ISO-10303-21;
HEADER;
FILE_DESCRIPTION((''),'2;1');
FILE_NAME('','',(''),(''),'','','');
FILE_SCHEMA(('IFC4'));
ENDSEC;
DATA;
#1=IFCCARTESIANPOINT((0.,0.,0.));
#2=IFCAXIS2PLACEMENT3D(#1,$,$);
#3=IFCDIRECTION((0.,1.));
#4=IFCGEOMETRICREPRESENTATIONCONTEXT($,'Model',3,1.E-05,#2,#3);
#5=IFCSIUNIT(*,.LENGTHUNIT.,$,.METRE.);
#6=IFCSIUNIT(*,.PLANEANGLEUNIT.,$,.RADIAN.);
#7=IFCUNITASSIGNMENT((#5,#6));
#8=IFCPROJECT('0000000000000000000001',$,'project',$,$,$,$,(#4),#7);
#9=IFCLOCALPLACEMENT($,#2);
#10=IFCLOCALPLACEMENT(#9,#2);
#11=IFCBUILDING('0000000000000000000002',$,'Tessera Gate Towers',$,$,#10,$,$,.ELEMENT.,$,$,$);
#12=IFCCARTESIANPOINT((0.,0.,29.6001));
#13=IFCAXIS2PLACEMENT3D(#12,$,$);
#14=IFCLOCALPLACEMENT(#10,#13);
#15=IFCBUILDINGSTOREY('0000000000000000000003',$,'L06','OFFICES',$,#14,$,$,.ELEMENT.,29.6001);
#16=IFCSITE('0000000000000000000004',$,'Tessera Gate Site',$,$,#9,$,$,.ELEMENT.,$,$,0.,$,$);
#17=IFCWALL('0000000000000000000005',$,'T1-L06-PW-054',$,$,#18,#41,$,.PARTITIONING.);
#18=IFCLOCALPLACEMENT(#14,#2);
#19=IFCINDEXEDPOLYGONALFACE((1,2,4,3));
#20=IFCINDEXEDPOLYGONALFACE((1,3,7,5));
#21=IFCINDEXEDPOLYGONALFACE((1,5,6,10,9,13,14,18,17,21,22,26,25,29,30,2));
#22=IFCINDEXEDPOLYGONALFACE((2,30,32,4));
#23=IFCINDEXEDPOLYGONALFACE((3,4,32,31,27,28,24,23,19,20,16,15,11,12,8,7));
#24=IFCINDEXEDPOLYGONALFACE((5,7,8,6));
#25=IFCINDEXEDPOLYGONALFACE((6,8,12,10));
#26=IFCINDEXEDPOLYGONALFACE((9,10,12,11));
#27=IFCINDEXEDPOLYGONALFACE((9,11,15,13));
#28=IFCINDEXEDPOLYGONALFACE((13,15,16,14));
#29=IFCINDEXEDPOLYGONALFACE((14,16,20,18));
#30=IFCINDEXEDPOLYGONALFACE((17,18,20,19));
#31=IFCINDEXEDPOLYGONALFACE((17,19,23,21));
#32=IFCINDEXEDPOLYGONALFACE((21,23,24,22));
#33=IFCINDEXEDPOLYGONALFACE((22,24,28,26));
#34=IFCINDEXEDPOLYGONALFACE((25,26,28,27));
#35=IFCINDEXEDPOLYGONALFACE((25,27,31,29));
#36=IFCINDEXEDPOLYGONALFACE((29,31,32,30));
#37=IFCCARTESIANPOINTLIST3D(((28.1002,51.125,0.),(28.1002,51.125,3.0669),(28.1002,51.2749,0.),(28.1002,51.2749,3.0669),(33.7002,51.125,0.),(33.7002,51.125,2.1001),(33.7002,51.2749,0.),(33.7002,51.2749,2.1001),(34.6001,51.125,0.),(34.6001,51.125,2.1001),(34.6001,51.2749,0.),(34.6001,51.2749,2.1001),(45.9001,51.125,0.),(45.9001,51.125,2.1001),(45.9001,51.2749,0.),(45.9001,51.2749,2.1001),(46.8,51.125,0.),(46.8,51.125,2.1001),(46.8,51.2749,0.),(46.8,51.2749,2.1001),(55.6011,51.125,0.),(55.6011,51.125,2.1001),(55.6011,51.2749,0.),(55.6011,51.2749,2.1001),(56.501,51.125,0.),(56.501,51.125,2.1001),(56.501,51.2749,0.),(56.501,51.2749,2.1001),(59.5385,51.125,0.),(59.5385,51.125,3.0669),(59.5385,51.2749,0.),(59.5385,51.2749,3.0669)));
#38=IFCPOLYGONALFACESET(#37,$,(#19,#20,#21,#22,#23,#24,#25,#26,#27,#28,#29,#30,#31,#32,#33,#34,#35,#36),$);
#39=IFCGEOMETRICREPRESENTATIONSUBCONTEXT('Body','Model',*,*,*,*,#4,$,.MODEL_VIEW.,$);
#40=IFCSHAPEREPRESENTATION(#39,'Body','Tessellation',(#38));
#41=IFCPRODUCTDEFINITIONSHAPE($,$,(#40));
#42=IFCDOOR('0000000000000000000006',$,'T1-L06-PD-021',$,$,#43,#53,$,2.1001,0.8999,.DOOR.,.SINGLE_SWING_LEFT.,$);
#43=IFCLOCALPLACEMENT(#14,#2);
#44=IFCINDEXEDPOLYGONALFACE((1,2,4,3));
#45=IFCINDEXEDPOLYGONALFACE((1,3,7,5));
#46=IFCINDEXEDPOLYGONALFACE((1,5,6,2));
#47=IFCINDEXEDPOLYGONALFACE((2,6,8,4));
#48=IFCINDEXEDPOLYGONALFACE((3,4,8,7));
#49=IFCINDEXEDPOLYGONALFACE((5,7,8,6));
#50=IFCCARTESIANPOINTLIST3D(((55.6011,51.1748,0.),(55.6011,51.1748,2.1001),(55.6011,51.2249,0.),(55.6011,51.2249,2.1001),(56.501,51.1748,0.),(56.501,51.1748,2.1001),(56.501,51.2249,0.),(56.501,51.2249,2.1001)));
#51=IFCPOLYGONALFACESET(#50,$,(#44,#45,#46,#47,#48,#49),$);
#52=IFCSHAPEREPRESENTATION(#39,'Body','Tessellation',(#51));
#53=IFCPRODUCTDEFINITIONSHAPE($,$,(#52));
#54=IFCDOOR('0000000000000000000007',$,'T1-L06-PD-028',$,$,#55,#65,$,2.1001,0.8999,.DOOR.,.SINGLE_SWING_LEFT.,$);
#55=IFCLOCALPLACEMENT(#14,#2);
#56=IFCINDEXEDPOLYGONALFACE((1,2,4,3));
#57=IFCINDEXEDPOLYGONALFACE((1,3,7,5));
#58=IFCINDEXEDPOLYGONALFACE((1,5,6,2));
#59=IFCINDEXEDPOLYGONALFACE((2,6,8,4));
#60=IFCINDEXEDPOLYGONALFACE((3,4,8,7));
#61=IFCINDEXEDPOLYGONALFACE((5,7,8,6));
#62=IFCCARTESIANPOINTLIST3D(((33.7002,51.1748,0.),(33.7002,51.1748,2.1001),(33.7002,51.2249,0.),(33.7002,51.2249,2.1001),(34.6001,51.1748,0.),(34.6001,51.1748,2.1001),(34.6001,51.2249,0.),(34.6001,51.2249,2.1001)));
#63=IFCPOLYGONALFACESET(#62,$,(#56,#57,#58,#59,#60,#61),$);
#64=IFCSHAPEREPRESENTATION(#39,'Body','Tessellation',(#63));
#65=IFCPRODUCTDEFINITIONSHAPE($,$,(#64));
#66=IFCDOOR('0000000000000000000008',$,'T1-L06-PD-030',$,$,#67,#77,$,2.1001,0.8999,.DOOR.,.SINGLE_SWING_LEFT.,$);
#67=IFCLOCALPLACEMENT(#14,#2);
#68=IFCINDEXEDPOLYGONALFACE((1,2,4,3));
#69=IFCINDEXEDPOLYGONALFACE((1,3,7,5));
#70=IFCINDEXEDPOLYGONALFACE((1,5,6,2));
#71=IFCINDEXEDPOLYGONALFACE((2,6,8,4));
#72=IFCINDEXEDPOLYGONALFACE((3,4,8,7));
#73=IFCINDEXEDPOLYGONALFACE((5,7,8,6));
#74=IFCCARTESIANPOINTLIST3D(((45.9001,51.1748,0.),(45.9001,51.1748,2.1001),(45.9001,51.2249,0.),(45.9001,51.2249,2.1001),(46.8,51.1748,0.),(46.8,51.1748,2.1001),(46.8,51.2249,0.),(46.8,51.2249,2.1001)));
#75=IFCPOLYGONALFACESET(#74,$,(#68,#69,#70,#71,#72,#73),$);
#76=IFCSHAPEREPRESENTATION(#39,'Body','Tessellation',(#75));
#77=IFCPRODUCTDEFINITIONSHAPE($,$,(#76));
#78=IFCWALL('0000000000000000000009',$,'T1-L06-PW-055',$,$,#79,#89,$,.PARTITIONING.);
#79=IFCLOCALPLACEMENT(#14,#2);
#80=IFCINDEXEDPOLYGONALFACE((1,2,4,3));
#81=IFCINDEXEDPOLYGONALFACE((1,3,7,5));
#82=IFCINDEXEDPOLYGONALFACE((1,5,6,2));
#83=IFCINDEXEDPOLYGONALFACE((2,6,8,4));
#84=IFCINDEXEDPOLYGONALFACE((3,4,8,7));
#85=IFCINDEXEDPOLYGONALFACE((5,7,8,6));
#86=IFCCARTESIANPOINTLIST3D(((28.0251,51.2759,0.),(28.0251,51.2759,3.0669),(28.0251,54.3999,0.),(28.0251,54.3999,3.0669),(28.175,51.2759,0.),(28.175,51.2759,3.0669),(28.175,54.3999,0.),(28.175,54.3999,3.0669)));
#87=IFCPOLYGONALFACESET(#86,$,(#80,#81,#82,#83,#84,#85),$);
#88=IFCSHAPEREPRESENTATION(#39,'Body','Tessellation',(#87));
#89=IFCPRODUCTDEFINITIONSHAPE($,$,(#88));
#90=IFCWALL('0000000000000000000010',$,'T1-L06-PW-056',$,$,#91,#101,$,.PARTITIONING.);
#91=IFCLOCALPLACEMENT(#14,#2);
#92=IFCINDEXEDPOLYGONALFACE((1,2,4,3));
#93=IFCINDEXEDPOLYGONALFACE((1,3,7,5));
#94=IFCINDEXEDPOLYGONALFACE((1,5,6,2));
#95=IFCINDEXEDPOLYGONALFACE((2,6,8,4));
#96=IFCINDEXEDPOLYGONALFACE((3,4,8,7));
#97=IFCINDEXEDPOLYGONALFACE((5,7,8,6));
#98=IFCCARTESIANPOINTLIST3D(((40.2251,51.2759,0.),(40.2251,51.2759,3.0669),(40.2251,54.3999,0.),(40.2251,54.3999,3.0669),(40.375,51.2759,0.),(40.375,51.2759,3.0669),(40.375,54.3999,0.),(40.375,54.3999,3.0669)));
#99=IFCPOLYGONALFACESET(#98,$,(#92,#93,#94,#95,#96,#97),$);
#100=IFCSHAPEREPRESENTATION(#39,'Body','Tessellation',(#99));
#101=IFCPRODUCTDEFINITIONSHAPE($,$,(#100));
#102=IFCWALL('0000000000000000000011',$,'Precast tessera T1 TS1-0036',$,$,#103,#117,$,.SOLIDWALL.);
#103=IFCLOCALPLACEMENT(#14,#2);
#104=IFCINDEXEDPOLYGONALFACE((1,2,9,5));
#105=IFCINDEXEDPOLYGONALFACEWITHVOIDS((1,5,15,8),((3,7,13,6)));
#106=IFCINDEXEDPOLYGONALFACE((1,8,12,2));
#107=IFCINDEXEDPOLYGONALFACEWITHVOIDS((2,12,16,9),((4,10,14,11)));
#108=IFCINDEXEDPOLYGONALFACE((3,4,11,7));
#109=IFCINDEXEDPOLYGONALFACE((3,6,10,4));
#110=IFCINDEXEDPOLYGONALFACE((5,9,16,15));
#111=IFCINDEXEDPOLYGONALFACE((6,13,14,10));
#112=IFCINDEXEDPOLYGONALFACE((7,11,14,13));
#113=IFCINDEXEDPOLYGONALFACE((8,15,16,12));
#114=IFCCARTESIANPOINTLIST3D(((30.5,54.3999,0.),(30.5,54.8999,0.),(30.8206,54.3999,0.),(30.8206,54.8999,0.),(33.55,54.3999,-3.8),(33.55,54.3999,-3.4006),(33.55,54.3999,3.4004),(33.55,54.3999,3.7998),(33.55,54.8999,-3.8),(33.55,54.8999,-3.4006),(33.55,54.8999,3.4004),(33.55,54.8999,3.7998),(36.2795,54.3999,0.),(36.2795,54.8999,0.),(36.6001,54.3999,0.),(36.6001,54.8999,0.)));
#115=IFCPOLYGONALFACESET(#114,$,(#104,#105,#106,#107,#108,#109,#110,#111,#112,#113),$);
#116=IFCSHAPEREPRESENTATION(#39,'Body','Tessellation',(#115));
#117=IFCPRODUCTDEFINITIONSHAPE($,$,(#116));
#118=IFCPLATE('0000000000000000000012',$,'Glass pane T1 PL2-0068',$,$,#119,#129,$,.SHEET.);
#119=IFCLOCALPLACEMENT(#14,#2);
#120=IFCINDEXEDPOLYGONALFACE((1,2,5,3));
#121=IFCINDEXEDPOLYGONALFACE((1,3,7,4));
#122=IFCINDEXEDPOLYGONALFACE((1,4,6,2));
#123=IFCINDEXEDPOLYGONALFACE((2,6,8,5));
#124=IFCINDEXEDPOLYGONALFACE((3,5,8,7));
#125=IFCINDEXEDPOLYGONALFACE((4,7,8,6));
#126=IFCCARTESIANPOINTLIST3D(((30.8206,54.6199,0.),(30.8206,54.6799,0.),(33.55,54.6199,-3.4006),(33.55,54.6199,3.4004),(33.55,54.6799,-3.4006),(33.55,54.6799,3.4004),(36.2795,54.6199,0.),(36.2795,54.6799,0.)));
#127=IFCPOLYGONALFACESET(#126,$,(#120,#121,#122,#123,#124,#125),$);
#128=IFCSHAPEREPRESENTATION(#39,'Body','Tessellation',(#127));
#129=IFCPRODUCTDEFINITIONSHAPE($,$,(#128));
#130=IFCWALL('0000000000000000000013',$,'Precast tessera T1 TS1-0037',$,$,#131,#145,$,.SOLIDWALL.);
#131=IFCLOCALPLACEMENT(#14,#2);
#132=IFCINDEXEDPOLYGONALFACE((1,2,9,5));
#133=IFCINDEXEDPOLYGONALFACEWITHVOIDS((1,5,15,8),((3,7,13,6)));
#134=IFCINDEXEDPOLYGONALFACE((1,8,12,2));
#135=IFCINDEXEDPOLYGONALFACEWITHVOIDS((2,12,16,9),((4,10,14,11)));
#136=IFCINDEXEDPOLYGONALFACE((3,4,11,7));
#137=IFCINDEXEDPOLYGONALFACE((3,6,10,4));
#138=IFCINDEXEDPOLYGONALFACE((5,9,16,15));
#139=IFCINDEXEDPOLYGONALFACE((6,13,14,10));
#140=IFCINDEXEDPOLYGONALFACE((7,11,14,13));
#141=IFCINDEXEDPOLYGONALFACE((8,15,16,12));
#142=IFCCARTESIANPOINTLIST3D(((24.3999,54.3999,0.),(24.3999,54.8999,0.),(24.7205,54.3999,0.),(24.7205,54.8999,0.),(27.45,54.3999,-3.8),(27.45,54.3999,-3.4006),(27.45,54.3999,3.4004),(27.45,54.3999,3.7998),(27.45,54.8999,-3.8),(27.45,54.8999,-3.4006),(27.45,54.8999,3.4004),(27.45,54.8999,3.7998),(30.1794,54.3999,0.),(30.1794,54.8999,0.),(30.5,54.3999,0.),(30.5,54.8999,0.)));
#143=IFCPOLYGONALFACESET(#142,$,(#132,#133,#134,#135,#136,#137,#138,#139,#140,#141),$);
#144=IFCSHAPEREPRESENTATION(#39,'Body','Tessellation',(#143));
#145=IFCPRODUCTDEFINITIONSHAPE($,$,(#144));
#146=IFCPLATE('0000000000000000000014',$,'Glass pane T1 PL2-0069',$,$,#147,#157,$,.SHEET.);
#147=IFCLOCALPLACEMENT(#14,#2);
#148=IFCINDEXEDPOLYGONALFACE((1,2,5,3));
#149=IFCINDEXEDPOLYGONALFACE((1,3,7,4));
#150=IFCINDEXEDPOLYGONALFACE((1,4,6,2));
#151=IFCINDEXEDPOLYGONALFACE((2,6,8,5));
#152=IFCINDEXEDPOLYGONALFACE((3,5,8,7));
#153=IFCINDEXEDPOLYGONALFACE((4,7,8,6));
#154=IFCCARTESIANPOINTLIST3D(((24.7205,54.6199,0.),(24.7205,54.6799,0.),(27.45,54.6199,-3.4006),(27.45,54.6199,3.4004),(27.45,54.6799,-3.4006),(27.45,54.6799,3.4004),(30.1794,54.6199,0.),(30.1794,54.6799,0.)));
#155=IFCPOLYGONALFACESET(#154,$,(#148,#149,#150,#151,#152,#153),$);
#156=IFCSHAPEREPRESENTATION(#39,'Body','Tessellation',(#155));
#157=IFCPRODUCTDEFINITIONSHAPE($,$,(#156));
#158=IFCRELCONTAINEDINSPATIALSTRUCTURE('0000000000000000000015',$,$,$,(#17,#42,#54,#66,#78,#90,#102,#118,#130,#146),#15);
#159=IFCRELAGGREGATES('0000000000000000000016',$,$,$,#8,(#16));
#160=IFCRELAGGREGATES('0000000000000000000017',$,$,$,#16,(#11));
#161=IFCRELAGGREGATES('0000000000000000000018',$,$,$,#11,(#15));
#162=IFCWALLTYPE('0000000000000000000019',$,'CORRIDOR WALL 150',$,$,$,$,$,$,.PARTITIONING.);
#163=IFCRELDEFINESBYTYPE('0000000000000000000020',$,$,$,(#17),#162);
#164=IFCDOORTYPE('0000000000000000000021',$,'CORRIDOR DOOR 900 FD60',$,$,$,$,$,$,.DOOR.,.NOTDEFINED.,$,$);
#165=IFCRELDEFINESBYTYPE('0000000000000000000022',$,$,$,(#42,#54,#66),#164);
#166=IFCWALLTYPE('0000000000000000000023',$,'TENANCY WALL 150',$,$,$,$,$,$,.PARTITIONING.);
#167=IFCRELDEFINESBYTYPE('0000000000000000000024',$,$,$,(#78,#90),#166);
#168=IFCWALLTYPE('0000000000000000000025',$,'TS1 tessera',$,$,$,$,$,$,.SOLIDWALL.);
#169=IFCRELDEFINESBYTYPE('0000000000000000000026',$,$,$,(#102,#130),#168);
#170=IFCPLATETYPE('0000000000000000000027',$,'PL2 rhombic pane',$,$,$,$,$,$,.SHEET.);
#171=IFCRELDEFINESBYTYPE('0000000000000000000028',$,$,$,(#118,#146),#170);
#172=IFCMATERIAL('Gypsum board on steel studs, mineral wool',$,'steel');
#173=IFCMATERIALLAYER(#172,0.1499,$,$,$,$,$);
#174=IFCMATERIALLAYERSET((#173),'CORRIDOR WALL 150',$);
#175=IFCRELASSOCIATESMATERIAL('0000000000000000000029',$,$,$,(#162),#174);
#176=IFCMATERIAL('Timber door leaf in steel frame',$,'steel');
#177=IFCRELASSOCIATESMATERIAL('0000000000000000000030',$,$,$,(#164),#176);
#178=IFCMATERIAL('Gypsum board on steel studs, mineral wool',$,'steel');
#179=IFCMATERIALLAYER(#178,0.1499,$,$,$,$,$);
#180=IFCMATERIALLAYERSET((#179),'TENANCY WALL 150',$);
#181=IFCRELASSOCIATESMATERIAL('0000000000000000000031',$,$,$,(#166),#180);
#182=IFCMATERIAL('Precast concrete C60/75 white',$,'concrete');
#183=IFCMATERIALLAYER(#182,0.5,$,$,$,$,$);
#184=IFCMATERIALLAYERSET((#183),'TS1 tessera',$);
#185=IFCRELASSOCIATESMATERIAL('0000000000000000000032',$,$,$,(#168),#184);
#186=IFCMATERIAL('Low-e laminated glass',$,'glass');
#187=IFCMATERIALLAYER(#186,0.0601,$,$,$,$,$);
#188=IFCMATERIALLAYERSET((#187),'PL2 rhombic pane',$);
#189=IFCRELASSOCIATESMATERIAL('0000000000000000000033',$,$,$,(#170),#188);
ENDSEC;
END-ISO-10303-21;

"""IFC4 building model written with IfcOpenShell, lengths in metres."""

from ifc_helpers import new_model, si_unit, direction, frame, frame_2d, origin, place, context, subcontext, project, spatial, polyline, rectangle, outline, extrude, source, transform, mapped, material, layer, layer_set, type_object, element, fill, save


model = new_model("IFC4")

# Units and contexts
model_context = context("Model", 3, precision=1e-05, world=origin(), true_north=direction((0.0, 1.0)))
body_context = subcontext(model_context, "Body", "Model", "MODEL_VIEW")
ifc_project = project(units=[si_unit("LENGTHUNIT", "METRE"), si_unit("PLANEANGLEUNIT", "RADIAN")], contexts=[model_context])

# Site, building, storey
site_placement = place(None, origin())
site = spatial("IfcSite", under=ifc_project, at=site_placement, Name="Tessera Gate Site", CompositionType="ELEMENT", RefElevation=0.0)
building_placement = place(site_placement, origin())
building = spatial("IfcBuilding", under=site, at=building_placement, Name="Tessera Gate Towers", CompositionType="ELEMENT")
storey_placement = place(building_placement, frame((0.0, 0.0, 29.6001)))
storey = spatial("IfcBuildingStorey", under=building, at=storey_placement, Name="L06", Description="OFFICES", CompositionType="ELEMENT", Elevation=29.6001)

# Shared definitions
ifc_material_1 = material(Name="Gypsum board on steel studs, mineral wool", Category="steel")
ifc_layer_1 = layer(ifc_material_1, 0.1499)
ifc_layer_set_1 = layer_set([ifc_layer_1], Name="CORRIDOR WALL 150")
wall_type_1 = type_object("IfcWallType", Name="CORRIDOR WALL 150", PredefinedType="PARTITIONING", material=ifc_layer_set_1)

# Wall, openings, doors
wall_1_placement = place(storey_placement, frame((28.1001, 51.2, 0.0), z_axis=(0.0, 0.0, 1.0), x_axis=(1.0, 0.0, 0.0)))
wall_1 = element("IfcWall", 1, at=wall_1_placement, inside=storey, type_object=wall_type_1, Name="T1-L06-PW-054", PredefinedType="PARTITIONING", context=body_context, shape_type="SweptSolid", body=[
    extrude(rectangle(XDim=31.4382, YDim=0.1499, at=frame_2d((15.7192, 0.0))), origin(), (0.0, 0.0, 1.0), 3.0669),
])
shared_shape_1 = source(origin(), body_context, "Body", "SweptSolid", [
    extrude(rectangle(XDim=0.8999, YDim=2.1001, at=frame_2d((0.45, 1.05))), frame((0.0, 0.085, 0.0), z_axis=(0.0, -1.0, 0.0), x_axis=(1.0, 0.0, 0.0)), (0.0, 0.0, 1.0), 0.1699),
])
opening_1_placement = place(wall_1_placement, frame((27.501, 0.0, 0.0)))
opening_1 = element("IfcOpeningElement", 2, at=opening_1_placement, cuts=wall_1, PredefinedType="OPENING", context=body_context, shape_type="MappedRepresentation", body=[
    mapped(shared_shape_1, transform((0.0, 0.0, 0.0), scale=1.0)),
])
opening_2_placement = place(wall_1_placement, frame((5.6001, 0.0, 0.0)))
opening_2 = element("IfcOpeningElement", 3, at=opening_2_placement, cuts=wall_1, PredefinedType="OPENING", context=body_context, shape_type="MappedRepresentation", body=[
    mapped(shared_shape_1, transform((0.0, 0.0, 0.0), scale=1.0)),
])
opening_3_placement = place(wall_1_placement, frame((17.8, 0.0, 0.0)))
opening_3 = element("IfcOpeningElement", 4, at=opening_3_placement, cuts=wall_1, PredefinedType="OPENING", context=body_context, shape_type="MappedRepresentation", body=[
    mapped(shared_shape_1, transform((0.0, 0.0, 0.0), scale=1.0)),
])
ifc_material_2 = material(Name="Timber door leaf in steel frame", Category="steel")
door_type_1 = type_object("IfcDoorType", Name="CORRIDOR DOOR 900 FD60", OperationType="NOTDEFINED", PredefinedType="DOOR", material=ifc_material_2)
shared_shape_2 = source(origin(), body_context, "Body", "SweptSolid", [
    extrude(rectangle(XDim=0.8999, YDim=2.1001, at=frame_2d((0.45, 1.05))), frame((0.0, 0.0249, 0.0), z_axis=(0.0, -1.0, 0.0), x_axis=(1.0, 0.0, 0.0)), (0.0, 0.0, 1.0), 0.05),
])
door_1_placement = place(opening_1_placement, origin())
door_1 = element("IfcDoor", 5, at=door_1_placement, inside=storey, type_object=door_type_1, Name="T1-L06-PD-021", OperationType="SINGLE_SWING_LEFT", OverallHeight=2.1001, OverallWidth=0.8999, PredefinedType="DOOR", context=body_context, shape_type="MappedRepresentation", body=[
    mapped(shared_shape_2, transform((0.0, 0.0, 0.0), scale=1.0)),
])
fill(opening_1, door_1)
door_2_placement = place(opening_2_placement, origin())
door_2 = element("IfcDoor", 6, at=door_2_placement, inside=storey, type_object=door_type_1, Name="T1-L06-PD-028", OperationType="SINGLE_SWING_LEFT", OverallHeight=2.1001, OverallWidth=0.8999, PredefinedType="DOOR", context=body_context, shape_type="MappedRepresentation", body=[
    mapped(shared_shape_2, transform((0.0, 0.0, 0.0), scale=1.0)),
])
fill(opening_2, door_2)
door_3_placement = place(opening_3_placement, origin())
door_3 = element("IfcDoor", 7, at=door_3_placement, inside=storey, type_object=door_type_1, Name="T1-L06-PD-030", OperationType="SINGLE_SWING_LEFT", OverallHeight=2.1001, OverallWidth=0.8999, PredefinedType="DOOR", context=body_context, shape_type="MappedRepresentation", body=[
    mapped(shared_shape_2, transform((0.0, 0.0, 0.0), scale=1.0)),
])
fill(opening_3, door_3)

# Walls
ifc_material_3 = material(Name="Gypsum board on steel studs, mineral wool", Category="steel")
ifc_layer_2 = layer(ifc_material_3, 0.1499)
ifc_layer_set_2 = layer_set([ifc_layer_2], Name="TENANCY WALL 150")
wall_type_2 = type_object("IfcWallType", Name="TENANCY WALL 150", PredefinedType="PARTITIONING", material=ifc_layer_set_2)
for number, where, z_axis, x_axis, name in (
    (8, (28.1001, 51.2759, 0.0), (0.0, 0.0, 1.0), (0.0, 1.0, 0.0), "T1-L06-PW-055"),
    (9, (40.3, 51.2759, 0.0), (0.0, 0.0, 1.0), (0.0, 1.0, 0.0), "T1-L06-PW-056"),
):
    element("IfcWall", number, at=place(storey_placement, frame(where, z_axis=z_axis, x_axis=x_axis)), inside=storey, type_object=wall_type_2, Name=name, PredefinedType="PARTITIONING", context=body_context, shape_type="SweptSolid", body=[
        extrude(rectangle(XDim=3.124, YDim=0.1499, at=frame_2d((1.562, 0.0))), origin(), (0.0, 0.0, 1.0), 3.0669),
    ])

# Walls, openings, plates
ifc_material_4 = material(Name="Precast concrete C60/75 white", Category="concrete")
ifc_layer_3 = layer(ifc_material_4, 0.5)
ifc_layer_set_3 = layer_set([ifc_layer_3], Name="TS1 tessera")
wall_type_3 = type_object("IfcWallType", Name="TS1 tessera", PredefinedType="SOLIDWALL", material=ifc_layer_set_3)
shared_shape_3 = source(origin(), body_context, "Body", "SweptSolid", [
    extrude(outline(polyline([(3.05, 0.0), (6.1001, 3.8), (3.05, 7.5999), (0.0, 3.8), (3.05, 0.0)])), frame((0.0, 0.25, 0.0), z_axis=(0.0, -1.0, 0.0), x_axis=(1.0, 0.0, 0.0)), (0.0, 0.0, 1.0), 0.5),
])
wall_2_placement = place(storey_placement, frame((36.6001, 54.6499, -3.8), z_axis=(0.0, 0.0, 1.0), x_axis=(-1.0, 0.0, 0.0)))
wall_2 = element("IfcWall", 10, at=wall_2_placement, inside=storey, type_object=wall_type_3, Name="Precast tessera T1 TS1-0036", PredefinedType="SOLIDWALL", context=body_context, shape_type="MappedRepresentation", body=[
    mapped(shared_shape_3, transform((0.0, 0.0, 0.0), scale=1.0)),
])
shared_shape_4 = source(origin(), body_context, "Body", "SweptSolid", [
    extrude(outline(polyline([(3.05, 0.3994), (5.7795, 3.8), (3.05, 7.2004), (0.3206, 3.8), (3.05, 0.3994)])), frame((0.0, 0.26, 0.0), z_axis=(0.0, -1.0, 0.0), x_axis=(1.0, 0.0, 0.0)), (0.0, 0.0, 1.0), 0.52),
])
opening_4_placement = place(wall_2_placement, origin())
opening_4 = element("IfcOpeningElement", 11, at=opening_4_placement, cuts=wall_2, PredefinedType="OPENING", context=body_context, shape_type="MappedRepresentation", body=[
    mapped(shared_shape_4, transform((0.0, 0.0, 0.0), scale=1.0)),
])
ifc_material_5 = material(Name="Low-e laminated glass", Category="glass")
ifc_layer_4 = layer(ifc_material_5, 0.0601)
ifc_layer_set_4 = layer_set([ifc_layer_4], Name="PL2 rhombic pane")
plate_type = type_object("IfcPlateType", Name="PL2 rhombic pane", PredefinedType="SHEET", material=ifc_layer_set_4)
shared_shape_5 = source(origin(), body_context, "Body", "SweptSolid", [
    extrude(outline(polyline([(3.05, 0.3994), (5.7795, 3.8), (3.05, 7.2004), (0.3206, 3.8), (3.05, 0.3994)])), frame((0.0, 0.03, 0.0), z_axis=(0.0, -1.0, 0.0), x_axis=(1.0, 0.0, 0.0)), (0.0, 0.0, 1.0), 0.0601),
])
plate_1_placement = place(opening_4_placement, origin())
plate_1 = element("IfcPlate", 12, at=plate_1_placement, inside=storey, type_object=plate_type, Name="Glass pane T1 PL2-0068", PredefinedType="SHEET", context=body_context, shape_type="MappedRepresentation", body=[
    mapped(shared_shape_5, transform((0.0, 0.0, 0.0), scale=1.0)),
])
fill(opening_4, plate_1)
wall_3_placement = place(storey_placement, frame((30.5, 54.6499, -3.8), z_axis=(0.0, 0.0, 1.0), x_axis=(-1.0, 0.0, 0.0)))
wall_3 = element("IfcWall", 13, at=wall_3_placement, inside=storey, type_object=wall_type_3, Name="Precast tessera T1 TS1-0037", PredefinedType="SOLIDWALL", context=body_context, shape_type="MappedRepresentation", body=[
    mapped(shared_shape_3, transform((0.0, 0.0, 0.0), scale=1.0)),
])
opening_5_placement = place(wall_3_placement, origin())
opening_5 = element("IfcOpeningElement", 14, at=opening_5_placement, cuts=wall_3, PredefinedType="OPENING", context=body_context, shape_type="MappedRepresentation", body=[
    mapped(shared_shape_4, transform((0.0, 0.0, 0.0), scale=1.0)),
])
plate_2_placement = place(opening_5_placement, origin())
plate_2 = element("IfcPlate", 15, at=plate_2_placement, inside=storey, type_object=plate_type, Name="Glass pane T1 PL2-0069", PredefinedType="SHEET", context=body_context, shape_type="MappedRepresentation", body=[
    mapped(shared_shape_5, transform((0.0, 0.0, 0.0), scale=1.0)),
])
fill(opening_5, plate_2)

save(model, "model.ifc")
